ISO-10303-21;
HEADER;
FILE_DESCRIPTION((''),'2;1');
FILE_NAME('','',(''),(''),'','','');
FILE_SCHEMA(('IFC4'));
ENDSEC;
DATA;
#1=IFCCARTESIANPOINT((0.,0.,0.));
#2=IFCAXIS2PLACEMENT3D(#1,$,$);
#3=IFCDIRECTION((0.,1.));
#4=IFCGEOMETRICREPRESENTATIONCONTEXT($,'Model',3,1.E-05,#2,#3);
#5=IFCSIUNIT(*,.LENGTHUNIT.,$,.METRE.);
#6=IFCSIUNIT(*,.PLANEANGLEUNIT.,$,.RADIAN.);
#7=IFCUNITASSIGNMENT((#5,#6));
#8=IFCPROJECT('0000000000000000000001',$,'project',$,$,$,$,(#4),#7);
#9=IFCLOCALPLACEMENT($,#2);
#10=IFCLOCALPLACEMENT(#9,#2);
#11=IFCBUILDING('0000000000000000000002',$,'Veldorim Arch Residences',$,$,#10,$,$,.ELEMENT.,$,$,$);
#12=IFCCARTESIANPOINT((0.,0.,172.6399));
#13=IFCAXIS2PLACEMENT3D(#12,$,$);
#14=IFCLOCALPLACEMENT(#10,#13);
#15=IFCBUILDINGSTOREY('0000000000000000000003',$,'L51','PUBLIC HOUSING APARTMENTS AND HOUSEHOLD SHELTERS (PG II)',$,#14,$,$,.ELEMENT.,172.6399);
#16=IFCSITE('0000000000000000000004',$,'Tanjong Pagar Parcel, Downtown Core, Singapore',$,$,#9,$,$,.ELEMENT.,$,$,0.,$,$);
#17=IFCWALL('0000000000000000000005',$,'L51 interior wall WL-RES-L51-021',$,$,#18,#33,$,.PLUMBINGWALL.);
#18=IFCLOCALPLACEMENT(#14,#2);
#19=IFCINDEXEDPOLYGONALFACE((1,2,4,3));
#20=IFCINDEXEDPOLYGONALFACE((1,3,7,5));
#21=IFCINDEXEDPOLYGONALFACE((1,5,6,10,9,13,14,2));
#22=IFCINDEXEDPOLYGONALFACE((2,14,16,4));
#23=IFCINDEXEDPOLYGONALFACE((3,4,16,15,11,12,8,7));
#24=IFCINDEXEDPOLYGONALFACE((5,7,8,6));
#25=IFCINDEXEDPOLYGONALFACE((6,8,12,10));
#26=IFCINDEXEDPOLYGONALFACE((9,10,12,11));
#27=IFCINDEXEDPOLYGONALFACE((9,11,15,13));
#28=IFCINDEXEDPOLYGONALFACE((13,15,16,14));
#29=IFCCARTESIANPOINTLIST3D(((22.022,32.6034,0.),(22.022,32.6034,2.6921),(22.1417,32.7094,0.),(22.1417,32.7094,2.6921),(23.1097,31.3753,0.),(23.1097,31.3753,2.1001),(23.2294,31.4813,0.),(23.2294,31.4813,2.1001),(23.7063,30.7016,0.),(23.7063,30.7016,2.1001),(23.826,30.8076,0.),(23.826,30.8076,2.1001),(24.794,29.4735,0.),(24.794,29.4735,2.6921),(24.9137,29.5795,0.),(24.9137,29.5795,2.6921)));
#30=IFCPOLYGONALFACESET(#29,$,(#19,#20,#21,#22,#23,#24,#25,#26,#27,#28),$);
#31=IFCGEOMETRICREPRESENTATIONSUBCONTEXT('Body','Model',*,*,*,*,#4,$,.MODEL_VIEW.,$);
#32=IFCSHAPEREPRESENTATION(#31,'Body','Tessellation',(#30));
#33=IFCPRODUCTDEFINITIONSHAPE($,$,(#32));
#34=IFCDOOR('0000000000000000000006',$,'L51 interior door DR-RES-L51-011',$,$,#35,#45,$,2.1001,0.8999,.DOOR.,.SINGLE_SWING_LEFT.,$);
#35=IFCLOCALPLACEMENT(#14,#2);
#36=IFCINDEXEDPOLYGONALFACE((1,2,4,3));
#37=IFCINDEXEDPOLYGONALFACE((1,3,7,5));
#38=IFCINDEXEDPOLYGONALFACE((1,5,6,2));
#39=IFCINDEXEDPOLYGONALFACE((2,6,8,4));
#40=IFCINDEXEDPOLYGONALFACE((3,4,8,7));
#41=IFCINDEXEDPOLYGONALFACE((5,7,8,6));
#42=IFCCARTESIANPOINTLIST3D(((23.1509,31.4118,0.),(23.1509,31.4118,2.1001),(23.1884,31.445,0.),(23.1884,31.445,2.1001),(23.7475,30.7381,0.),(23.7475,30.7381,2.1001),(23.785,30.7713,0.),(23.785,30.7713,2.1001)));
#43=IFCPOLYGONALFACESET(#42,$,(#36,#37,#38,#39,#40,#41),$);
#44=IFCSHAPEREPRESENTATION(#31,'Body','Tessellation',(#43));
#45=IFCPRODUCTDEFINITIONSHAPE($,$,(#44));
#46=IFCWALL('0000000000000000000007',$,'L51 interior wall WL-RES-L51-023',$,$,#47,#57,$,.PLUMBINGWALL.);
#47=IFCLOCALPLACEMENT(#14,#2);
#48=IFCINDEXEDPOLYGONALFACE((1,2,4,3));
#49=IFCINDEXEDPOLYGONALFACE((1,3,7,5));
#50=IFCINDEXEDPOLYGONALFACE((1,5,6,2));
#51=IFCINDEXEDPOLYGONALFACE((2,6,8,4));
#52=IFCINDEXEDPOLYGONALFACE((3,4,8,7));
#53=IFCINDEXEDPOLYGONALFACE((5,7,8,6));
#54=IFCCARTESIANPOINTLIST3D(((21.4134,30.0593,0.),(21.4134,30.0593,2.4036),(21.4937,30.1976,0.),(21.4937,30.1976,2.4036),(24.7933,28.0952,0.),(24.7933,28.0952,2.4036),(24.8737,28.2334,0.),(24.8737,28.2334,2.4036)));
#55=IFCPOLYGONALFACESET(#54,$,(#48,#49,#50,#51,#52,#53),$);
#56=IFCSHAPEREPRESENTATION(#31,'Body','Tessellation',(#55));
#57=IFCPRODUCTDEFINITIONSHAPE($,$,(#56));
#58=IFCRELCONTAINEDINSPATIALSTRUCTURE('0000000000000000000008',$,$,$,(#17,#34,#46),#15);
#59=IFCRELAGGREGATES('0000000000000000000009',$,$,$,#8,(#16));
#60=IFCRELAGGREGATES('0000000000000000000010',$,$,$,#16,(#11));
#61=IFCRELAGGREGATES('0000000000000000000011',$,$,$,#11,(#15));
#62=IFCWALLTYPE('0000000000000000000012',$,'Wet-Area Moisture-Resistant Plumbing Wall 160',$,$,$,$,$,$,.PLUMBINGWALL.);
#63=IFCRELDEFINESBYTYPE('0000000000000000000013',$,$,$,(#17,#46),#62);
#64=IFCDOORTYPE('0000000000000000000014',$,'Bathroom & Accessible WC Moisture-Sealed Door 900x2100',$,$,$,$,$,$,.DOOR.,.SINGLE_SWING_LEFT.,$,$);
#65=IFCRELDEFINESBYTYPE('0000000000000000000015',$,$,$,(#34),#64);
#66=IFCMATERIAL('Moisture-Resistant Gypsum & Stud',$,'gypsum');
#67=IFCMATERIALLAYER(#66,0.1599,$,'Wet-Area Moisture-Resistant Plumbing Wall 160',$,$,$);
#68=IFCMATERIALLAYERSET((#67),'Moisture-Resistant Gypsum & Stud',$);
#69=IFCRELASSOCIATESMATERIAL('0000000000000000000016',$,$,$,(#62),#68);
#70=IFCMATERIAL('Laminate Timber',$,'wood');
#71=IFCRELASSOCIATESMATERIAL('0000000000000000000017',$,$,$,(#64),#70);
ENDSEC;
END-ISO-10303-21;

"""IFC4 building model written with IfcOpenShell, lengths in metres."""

from ifc_helpers import new_model, si_unit, direction, frame, frame_2d, origin, place, context, subcontext, project, spatial, rectangle, extrude, material, layer, layer_set, type_object, element, fill, save


model = new_model("IFC4")

# Units and contexts
model_context = context("Model", 3, precision=1e-05, world=origin(), true_north=direction((0.0, 1.0)))
body_context = subcontext(model_context, "Body", "Model", "MODEL_VIEW")
ifc_project = project(units=[si_unit("LENGTHUNIT", "METRE"), si_unit("PLANEANGLEUNIT", "RADIAN")], contexts=[model_context])

# Site, building, storey
site_placement = place(None, origin())
site = spatial("IfcSite", under=ifc_project, at=site_placement, Name="Tanjong Pagar Parcel, Downtown Core, Singapore", CompositionType="ELEMENT", RefElevation=0.0)
building_placement = place(site_placement, origin())
building = spatial("IfcBuilding", under=site, at=building_placement, Name="Veldorim Arch Residences", CompositionType="ELEMENT")
storey_placement = place(building_placement, frame((0.0, 0.0, 172.6399)))
storey = spatial("IfcBuildingStorey", under=building, at=storey_placement, Name="L51", Description="PUBLIC HOUSING APARTMENTS AND HOUSEHOLD SHELTERS (PG II)", CompositionType="ELEMENT", Elevation=172.6399)

# Wall, opening, door
ifc_material_1 = material(Name="Moisture-Resistant Gypsum & Stud", Category="gypsum")
ifc_layer_1 = layer(ifc_material_1, 0.1599, Name="Wet-Area Moisture-Resistant Plumbing Wall 160")
ifc_layer_set_1 = layer_set([ifc_layer_1], Name="Moisture-Resistant Gypsum & Stud")
wall_type_1 = type_object("IfcWallType", Name="Wet-Area Moisture-Resistant Plumbing Wall 160", PredefinedType="PLUMBINGWALL", material=ifc_layer_set_1)
wall_1_placement = place(storey_placement, frame((24.8538, 29.5266, 0.0), z_axis=(0.0, 0.0, 1.0), x_axis=(-0.663007, 0.748613, 0.0)))
wall_1 = element("IfcWall", 1, at=wall_1_placement, inside=storey, type_object=wall_type_1, Name="L51 interior wall WL-RES-L51-021", PredefinedType="PLUMBINGWALL", context=body_context, shape_type="SweptSolid", body=[
    extrude(rectangle(XDim=4.1809, YDim=0.1599, at=frame_2d((2.0903, 0.0))), origin(), (0.0, 0.0, 1.0), 2.6921),
])
opening_1_placement = place(wall_1_placement, frame((1.6404, 0.0, 0.0)))
opening_1 = element("IfcOpeningElement", 2, at=opening_1_placement, cuts=wall_1, PredefinedType="OPENING", context=body_context, shape_type="SweptSolid", body=[
    extrude(rectangle(XDim=0.8999, YDim=2.1001, at=frame_2d((0.45, 1.05))), frame((0.0, 0.0898, 0.0), z_axis=(0.0, -1.0, 0.0), x_axis=(1.0, 0.0, 0.0)), (0.0, 0.0, 1.0), 0.1799),
])
ifc_material_2 = material(Name="Laminate Timber", Category="wood")
door_type_1 = type_object("IfcDoorType", Name="Bathroom & Accessible WC Moisture-Sealed Door 900x2100", OperationType="SINGLE_SWING_LEFT", PredefinedType="DOOR", material=ifc_material_2)
door_1_placement = place(opening_1_placement, origin())
door_1 = element("IfcDoor", 3, at=door_1_placement, inside=storey, type_object=door_type_1, Name="L51 interior door DR-RES-L51-011", OperationType="SINGLE_SWING_LEFT", OverallHeight=2.1001, OverallWidth=0.8999, PredefinedType="DOOR", context=body_context, shape_type="SweptSolid", body=[
    extrude(rectangle(XDim=0.8999, YDim=2.1001, at=frame_2d((0.45, 1.05))), frame((0.0, 0.0249, 0.0), z_axis=(0.0, -1.0, 0.0), x_axis=(1.0, 0.0, 0.0)), (0.0, 0.0, 1.0), 0.05),
])
fill(opening_1, door_1)

# Wall
wall_2_placement = place(storey_placement, frame((24.8335, 28.1643, 0.0), z_axis=(0.0, 0.0, 1.0), x_axis=(-0.864611, 0.502441, 0.0)))
element("IfcWall", 4, at=wall_2_placement, inside=storey, type_object=wall_type_1, Name="L51 interior wall WL-RES-L51-023", PredefinedType="PLUMBINGWALL", context=body_context, shape_type="SweptSolid", body=[
    extrude(rectangle(XDim=3.9092, YDim=0.1599, at=frame_2d((1.9546, 0.0))), origin(), (0.0, 0.0, 1.0), 2.4036),
])

save(model, "model.ifc")
